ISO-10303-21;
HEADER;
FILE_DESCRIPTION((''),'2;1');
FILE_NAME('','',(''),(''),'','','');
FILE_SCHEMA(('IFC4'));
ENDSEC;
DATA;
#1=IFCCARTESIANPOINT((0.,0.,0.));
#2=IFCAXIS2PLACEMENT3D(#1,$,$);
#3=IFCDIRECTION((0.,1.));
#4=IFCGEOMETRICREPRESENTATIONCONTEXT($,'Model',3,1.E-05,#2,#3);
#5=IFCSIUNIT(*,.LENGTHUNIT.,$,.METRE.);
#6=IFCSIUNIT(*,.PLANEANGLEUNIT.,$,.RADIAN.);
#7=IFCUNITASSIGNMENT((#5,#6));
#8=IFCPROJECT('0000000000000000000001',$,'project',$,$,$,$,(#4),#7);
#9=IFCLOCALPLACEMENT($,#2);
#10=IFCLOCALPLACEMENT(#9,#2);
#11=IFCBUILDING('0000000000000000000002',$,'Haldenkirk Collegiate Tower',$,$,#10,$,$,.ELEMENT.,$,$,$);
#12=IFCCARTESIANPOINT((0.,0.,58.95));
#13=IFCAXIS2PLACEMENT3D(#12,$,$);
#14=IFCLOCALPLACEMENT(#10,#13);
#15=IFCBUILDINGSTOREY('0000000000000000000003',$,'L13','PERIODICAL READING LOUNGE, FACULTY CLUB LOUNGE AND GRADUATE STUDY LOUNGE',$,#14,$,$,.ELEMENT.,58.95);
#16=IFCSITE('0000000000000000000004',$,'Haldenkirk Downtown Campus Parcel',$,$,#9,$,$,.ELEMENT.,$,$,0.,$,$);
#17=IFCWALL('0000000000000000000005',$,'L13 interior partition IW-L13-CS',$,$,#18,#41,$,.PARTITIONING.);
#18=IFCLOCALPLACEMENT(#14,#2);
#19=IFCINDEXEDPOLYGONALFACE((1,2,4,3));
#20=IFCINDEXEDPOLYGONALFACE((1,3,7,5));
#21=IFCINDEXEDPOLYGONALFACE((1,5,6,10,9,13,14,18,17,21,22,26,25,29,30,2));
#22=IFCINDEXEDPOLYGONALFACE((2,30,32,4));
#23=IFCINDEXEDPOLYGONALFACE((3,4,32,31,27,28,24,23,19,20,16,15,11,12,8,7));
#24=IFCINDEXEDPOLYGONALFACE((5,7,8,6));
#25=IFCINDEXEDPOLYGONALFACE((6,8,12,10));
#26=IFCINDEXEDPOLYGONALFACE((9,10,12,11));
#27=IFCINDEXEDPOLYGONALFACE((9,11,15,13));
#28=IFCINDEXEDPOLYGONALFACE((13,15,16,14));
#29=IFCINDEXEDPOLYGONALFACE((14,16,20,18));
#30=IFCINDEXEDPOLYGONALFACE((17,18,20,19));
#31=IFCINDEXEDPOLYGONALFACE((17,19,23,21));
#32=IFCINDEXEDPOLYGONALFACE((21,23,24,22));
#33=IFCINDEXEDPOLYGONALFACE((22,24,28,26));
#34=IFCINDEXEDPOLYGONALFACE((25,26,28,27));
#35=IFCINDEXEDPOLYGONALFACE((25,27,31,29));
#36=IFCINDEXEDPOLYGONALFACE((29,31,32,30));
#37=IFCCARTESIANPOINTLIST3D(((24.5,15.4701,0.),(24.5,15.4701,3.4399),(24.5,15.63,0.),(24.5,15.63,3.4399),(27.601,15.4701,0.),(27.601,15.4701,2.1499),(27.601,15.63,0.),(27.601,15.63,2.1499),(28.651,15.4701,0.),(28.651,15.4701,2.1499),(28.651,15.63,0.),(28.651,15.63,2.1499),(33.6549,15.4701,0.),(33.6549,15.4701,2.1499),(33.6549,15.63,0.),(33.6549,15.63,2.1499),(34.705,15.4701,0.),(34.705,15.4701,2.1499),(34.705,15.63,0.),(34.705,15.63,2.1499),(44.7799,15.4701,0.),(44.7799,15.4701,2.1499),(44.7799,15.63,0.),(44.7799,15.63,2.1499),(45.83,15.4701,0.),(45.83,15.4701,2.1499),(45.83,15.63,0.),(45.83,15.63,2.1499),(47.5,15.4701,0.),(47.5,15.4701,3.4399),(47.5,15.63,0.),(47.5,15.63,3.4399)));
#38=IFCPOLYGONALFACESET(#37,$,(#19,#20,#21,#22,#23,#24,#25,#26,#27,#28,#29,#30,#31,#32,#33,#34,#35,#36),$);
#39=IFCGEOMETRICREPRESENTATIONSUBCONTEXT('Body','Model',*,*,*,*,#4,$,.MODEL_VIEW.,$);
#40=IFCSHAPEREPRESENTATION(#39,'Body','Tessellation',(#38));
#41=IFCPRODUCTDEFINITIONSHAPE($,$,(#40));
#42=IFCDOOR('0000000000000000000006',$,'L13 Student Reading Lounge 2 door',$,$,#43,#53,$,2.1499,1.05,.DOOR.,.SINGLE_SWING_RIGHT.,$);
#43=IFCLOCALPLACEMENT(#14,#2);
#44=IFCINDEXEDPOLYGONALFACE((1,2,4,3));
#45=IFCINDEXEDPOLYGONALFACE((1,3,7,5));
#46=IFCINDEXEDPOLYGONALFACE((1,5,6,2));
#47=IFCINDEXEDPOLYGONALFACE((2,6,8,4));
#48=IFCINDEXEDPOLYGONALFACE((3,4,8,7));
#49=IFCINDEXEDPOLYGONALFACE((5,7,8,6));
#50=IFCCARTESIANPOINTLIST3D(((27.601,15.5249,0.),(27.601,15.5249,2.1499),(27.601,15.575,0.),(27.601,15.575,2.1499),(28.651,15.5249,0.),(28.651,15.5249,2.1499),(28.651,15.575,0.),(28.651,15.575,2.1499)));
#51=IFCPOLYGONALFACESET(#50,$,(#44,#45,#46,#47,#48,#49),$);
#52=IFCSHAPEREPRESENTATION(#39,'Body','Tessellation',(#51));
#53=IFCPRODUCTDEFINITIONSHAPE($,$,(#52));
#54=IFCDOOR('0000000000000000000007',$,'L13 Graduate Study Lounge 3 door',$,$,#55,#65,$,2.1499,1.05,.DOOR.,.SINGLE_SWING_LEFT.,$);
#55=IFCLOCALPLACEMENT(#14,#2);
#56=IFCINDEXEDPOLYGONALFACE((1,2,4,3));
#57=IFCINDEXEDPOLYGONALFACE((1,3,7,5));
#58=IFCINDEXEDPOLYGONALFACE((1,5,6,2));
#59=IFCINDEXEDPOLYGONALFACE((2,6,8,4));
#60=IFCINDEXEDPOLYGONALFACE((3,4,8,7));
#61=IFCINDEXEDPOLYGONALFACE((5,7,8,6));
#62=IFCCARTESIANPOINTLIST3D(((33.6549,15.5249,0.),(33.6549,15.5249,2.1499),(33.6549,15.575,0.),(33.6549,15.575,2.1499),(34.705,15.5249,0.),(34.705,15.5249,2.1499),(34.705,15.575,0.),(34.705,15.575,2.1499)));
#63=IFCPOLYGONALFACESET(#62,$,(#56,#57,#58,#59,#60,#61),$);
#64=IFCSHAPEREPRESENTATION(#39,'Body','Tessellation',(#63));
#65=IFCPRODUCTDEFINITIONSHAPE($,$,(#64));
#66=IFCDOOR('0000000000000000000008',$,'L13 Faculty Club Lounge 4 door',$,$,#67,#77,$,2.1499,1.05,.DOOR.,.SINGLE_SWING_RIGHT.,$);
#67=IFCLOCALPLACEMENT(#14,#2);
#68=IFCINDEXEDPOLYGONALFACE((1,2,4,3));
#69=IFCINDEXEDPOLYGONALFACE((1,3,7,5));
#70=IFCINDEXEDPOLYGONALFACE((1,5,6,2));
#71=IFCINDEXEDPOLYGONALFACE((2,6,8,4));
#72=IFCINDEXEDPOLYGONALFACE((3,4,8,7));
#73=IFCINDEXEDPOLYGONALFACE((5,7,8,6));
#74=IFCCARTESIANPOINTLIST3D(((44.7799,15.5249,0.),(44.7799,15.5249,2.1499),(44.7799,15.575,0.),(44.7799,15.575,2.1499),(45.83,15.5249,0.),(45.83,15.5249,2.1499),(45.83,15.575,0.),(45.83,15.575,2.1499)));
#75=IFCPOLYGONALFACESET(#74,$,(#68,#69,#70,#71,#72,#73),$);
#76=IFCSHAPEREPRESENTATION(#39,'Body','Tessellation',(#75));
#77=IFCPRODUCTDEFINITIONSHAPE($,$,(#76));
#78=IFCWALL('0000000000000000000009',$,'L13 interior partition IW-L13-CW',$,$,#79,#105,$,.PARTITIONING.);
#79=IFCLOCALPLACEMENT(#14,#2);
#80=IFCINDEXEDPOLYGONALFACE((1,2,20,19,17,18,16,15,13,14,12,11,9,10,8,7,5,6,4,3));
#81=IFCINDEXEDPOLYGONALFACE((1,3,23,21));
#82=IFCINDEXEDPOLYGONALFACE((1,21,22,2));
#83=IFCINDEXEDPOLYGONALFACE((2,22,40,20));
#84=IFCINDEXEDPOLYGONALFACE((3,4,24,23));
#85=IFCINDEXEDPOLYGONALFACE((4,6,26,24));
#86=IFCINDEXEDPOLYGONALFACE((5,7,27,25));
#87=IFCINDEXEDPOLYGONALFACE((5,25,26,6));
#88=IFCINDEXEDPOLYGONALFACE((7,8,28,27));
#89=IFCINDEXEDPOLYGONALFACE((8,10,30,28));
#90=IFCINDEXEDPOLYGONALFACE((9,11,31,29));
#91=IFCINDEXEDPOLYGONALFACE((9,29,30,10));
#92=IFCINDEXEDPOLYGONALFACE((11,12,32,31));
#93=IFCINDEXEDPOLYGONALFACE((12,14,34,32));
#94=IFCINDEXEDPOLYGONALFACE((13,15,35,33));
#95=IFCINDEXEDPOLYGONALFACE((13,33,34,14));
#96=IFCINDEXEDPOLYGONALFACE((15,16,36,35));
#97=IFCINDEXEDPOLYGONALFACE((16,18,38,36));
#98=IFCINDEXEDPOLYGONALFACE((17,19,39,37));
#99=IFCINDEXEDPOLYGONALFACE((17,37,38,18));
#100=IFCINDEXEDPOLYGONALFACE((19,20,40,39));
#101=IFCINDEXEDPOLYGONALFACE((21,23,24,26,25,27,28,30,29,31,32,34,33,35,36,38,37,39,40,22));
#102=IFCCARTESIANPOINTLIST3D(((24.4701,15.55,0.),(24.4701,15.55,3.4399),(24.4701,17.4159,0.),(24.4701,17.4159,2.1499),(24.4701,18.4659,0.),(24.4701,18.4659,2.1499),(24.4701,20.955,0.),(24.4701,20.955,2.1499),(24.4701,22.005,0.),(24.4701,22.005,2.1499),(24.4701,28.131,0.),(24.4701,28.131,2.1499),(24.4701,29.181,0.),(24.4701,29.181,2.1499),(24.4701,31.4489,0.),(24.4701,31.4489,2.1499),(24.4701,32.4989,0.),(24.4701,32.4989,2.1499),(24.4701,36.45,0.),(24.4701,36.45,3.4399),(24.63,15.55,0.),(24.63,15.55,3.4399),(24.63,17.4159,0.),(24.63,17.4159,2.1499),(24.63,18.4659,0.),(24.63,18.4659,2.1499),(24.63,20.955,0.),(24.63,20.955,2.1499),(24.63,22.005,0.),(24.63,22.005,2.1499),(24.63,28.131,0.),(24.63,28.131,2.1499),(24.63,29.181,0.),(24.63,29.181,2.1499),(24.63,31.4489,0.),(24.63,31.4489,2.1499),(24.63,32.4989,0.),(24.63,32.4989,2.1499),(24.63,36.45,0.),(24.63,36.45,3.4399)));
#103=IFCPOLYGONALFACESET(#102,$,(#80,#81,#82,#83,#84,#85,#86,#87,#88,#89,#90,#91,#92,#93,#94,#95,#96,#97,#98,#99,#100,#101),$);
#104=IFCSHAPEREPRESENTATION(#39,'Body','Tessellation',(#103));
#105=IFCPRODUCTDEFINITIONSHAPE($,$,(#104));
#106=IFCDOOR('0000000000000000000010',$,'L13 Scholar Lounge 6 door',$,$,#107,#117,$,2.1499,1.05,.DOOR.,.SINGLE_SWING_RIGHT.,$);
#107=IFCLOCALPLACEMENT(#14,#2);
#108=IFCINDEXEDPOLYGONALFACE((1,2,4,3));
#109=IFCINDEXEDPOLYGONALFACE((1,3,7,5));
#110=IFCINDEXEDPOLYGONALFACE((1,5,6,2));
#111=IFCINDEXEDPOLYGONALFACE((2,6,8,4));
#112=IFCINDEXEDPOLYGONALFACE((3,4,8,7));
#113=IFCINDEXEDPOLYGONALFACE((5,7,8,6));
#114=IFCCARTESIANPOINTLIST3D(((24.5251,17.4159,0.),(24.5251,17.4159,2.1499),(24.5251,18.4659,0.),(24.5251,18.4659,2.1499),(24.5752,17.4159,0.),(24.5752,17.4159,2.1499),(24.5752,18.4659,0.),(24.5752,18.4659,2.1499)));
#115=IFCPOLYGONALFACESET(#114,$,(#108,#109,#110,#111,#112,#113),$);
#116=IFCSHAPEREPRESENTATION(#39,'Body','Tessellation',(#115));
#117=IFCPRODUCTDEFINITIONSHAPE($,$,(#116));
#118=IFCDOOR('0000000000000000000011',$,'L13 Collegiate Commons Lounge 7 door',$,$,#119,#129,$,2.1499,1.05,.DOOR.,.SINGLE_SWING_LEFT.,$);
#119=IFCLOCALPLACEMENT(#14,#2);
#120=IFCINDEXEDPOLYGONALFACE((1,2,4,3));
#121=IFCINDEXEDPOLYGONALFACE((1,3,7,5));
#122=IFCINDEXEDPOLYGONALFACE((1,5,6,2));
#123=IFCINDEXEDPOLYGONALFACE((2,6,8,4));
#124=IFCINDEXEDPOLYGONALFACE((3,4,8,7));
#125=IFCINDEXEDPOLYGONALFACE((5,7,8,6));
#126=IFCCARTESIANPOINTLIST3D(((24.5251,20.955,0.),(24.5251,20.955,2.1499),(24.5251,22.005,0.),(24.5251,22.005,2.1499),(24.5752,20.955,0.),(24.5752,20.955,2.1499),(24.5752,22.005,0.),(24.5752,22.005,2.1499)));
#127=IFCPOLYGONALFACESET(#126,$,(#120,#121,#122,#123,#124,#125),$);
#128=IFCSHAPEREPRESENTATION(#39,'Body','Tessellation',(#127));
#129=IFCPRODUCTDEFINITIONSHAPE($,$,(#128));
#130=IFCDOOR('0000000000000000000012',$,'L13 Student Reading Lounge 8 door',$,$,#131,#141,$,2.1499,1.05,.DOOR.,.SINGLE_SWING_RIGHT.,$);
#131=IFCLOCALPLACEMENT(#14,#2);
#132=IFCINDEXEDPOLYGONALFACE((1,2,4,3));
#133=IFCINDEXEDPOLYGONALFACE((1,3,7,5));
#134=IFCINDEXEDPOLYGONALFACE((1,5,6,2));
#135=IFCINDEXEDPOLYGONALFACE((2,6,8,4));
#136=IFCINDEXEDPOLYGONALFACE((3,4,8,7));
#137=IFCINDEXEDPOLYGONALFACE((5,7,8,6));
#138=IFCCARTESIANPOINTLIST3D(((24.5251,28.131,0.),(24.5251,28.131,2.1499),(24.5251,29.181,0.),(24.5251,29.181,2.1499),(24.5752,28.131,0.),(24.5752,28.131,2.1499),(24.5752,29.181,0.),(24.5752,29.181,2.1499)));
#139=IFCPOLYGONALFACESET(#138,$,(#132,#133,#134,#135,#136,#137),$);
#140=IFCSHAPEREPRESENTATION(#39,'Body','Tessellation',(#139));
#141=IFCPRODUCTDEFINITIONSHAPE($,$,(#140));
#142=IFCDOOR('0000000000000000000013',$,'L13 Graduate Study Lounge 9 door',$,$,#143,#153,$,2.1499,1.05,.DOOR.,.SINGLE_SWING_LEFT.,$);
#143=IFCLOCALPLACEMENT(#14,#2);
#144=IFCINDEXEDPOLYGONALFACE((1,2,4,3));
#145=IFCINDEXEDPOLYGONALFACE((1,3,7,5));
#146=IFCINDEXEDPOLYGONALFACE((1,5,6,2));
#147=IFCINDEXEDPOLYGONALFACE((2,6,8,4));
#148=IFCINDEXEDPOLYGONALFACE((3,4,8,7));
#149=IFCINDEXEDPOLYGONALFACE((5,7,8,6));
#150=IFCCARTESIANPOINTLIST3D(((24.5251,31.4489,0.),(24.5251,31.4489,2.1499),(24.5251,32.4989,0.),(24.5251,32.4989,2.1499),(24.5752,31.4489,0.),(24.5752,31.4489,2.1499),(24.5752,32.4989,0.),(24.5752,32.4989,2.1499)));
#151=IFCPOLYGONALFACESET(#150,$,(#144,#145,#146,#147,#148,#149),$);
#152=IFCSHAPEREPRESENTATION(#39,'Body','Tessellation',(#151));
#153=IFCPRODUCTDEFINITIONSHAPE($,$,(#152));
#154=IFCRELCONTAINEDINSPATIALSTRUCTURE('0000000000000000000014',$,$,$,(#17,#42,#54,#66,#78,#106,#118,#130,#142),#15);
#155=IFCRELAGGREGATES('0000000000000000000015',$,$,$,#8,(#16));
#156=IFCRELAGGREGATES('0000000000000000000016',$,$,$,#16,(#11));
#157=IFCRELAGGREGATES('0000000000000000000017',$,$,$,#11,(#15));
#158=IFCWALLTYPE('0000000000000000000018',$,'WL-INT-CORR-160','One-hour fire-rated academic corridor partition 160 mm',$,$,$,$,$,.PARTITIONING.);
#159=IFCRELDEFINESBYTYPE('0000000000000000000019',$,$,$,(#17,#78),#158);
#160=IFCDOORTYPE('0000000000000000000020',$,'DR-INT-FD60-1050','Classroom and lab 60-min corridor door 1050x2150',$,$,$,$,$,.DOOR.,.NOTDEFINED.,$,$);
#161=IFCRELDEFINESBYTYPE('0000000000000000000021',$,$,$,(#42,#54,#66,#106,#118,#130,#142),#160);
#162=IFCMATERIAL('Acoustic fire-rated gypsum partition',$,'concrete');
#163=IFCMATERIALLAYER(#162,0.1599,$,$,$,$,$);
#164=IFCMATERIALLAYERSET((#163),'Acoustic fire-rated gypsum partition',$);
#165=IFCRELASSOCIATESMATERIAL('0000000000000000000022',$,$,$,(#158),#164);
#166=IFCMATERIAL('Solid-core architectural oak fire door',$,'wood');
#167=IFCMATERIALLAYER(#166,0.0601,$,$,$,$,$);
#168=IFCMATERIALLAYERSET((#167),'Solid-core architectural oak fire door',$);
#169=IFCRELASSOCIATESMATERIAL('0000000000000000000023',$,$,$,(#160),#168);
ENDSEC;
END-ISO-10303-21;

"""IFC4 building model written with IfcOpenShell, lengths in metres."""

from ifc_helpers import new_model, si_unit, direction, frame, frame_2d, origin, place, context, subcontext, project, spatial, rectangle, extrude, material, layer, layer_set, type_object, element, fill, save


model = new_model("IFC4")

# Units and contexts
model_context = context("Model", 3, precision=1e-05, world=origin(), true_north=direction((0.0, 1.0)))
body_context = subcontext(model_context, "Body", "Model", "MODEL_VIEW")
ifc_project = project(units=[si_unit("LENGTHUNIT", "METRE"), si_unit("PLANEANGLEUNIT", "RADIAN")], contexts=[model_context])

# Site, building, storey
site_placement = place(None, origin())
site = spatial("IfcSite", under=ifc_project, at=site_placement, Name="Haldenkirk Downtown Campus Parcel", CompositionType="ELEMENT", RefElevation=0.0)
building_placement = place(site_placement, origin())
building = spatial("IfcBuilding", under=site, at=building_placement, Name="Haldenkirk Collegiate Tower", CompositionType="ELEMENT")
storey_placement = place(building_placement, frame((0.0, 0.0, 58.95)))
storey = spatial("IfcBuildingStorey", under=building, at=storey_placement, Name="L13", Description="PERIODICAL READING LOUNGE, FACULTY CLUB LOUNGE AND GRADUATE STUDY LOUNGE", CompositionType="ELEMENT", Elevation=58.95)

# Walls, openings, doors
ifc_material_1 = material(Name="Acoustic fire-rated gypsum partition", Category="concrete")
ifc_layer_1 = layer(ifc_material_1, 0.1599)
ifc_layer_set_1 = layer_set([ifc_layer_1], Name="Acoustic fire-rated gypsum partition")
wall_type_1 = type_object("IfcWallType", Name="WL-INT-CORR-160", Description="One-hour fire-rated academic corridor partition 160 mm", PredefinedType="PARTITIONING", material=ifc_layer_set_1)
wall_1_placement = place(storey_placement, frame((24.5, 15.55, 0.0), z_axis=(0.0, 0.0, 1.0), x_axis=(1.0, 0.0, 0.0)))
wall_1 = element("IfcWall", 1, at=wall_1_placement, inside=storey, type_object=wall_type_1, Name="L13 interior partition IW-L13-CS", PredefinedType="PARTITIONING", context=body_context, shape_type="SweptSolid", body=[
    extrude(rectangle(XDim=23.0, YDim=0.1599, at=frame_2d((11.5, 0.0))), origin(), (0.0, 0.0, 1.0), 3.4399),
])
opening_1_placement = place(wall_1_placement, frame((3.1011, 0.0, 0.0)))
opening_1 = element("IfcOpeningElement", 2, at=opening_1_placement, cuts=wall_1, PredefinedType="OPENING", context=body_context, shape_type="SweptSolid", body=[
    extrude(rectangle(XDim=1.05, YDim=2.1499, at=frame_2d((0.5249, 1.075))), frame((0.0, 0.0898, 0.0), z_axis=(0.0, -1.0, 0.0), x_axis=(1.0, 0.0, 0.0)), (0.0, 0.0, 1.0), 0.1799),
])
opening_2_placement = place(wall_1_placement, frame((9.155, 0.0, 0.0)))
opening_2 = element("IfcOpeningElement", 3, at=opening_2_placement, cuts=wall_1, PredefinedType="OPENING", context=body_context, shape_type="SweptSolid", body=[
    extrude(rectangle(XDim=1.05, YDim=2.1499, at=frame_2d((0.5249, 1.075))), frame((0.0, 0.0898, 0.0), z_axis=(0.0, -1.0, 0.0), x_axis=(1.0, 0.0, 0.0)), (0.0, 0.0, 1.0), 0.1799),
])
opening_3_placement = place(wall_1_placement, frame((20.28, 0.0, 0.0)))
opening_3 = element("IfcOpeningElement", 4, at=opening_3_placement, cuts=wall_1, PredefinedType="OPENING", context=body_context, shape_type="SweptSolid", body=[
    extrude(rectangle(XDim=1.05, YDim=2.1499, at=frame_2d((0.5249, 1.075))), frame((0.0, 0.0898, 0.0), z_axis=(0.0, -1.0, 0.0), x_axis=(1.0, 0.0, 0.0)), (0.0, 0.0, 1.0), 0.1799),
])
ifc_material_2 = material(Name="Solid-core architectural oak fire door", Category="wood")
ifc_layer_2 = layer(ifc_material_2, 0.0601)
ifc_layer_set_2 = layer_set([ifc_layer_2], Name="Solid-core architectural oak fire door")
door_type_1 = type_object("IfcDoorType", Name="DR-INT-FD60-1050", Description="Classroom and lab 60-min corridor door 1050x2150", OperationType="NOTDEFINED", PredefinedType="DOOR", material=ifc_layer_set_2)
door_1_placement = place(opening_1_placement, origin())
door_1 = element("IfcDoor", 5, at=door_1_placement, inside=storey, type_object=door_type_1, Name="L13 Student Reading Lounge 2 door", OperationType="SINGLE_SWING_RIGHT", OverallHeight=2.1499, OverallWidth=1.05, PredefinedType="DOOR", context=body_context, shape_type="SweptSolid", body=[
    extrude(rectangle(XDim=1.05, YDim=2.1499, at=frame_2d((0.5249, 1.075))), frame((0.0, 0.0249, 0.0), z_axis=(0.0, -1.0, 0.0), x_axis=(1.0, 0.0, 0.0)), (0.0, 0.0, 1.0), 0.05),
])
fill(opening_1, door_1)
door_2_placement = place(opening_2_placement, origin())
door_2 = element("IfcDoor", 6, at=door_2_placement, inside=storey, type_object=door_type_1, Name="L13 Graduate Study Lounge 3 door", OperationType="SINGLE_SWING_LEFT", OverallHeight=2.1499, OverallWidth=1.05, PredefinedType="DOOR", context=body_context, shape_type="SweptSolid", body=[
    extrude(rectangle(XDim=1.05, YDim=2.1499, at=frame_2d((0.5249, 1.075))), frame((0.0, 0.0249, 0.0), z_axis=(0.0, -1.0, 0.0), x_axis=(1.0, 0.0, 0.0)), (0.0, 0.0, 1.0), 0.05),
])
fill(opening_2, door_2)
door_3_placement = place(opening_3_placement, origin())
door_3 = element("IfcDoor", 7, at=door_3_placement, inside=storey, type_object=door_type_1, Name="L13 Faculty Club Lounge 4 door", OperationType="SINGLE_SWING_RIGHT", OverallHeight=2.1499, OverallWidth=1.05, PredefinedType="DOOR", context=body_context, shape_type="SweptSolid", body=[
    extrude(rectangle(XDim=1.05, YDim=2.1499, at=frame_2d((0.5249, 1.075))), frame((0.0, 0.0249, 0.0), z_axis=(0.0, -1.0, 0.0), x_axis=(1.0, 0.0, 0.0)), (0.0, 0.0, 1.0), 0.05),
])
fill(opening_3, door_3)
wall_2_placement = place(storey_placement, frame((24.55, 15.55, 0.0), z_axis=(0.0, 0.0, 1.0), x_axis=(0.0, 1.0, 0.0)))
wall_2 = element("IfcWall", 8, at=wall_2_placement, inside=storey, type_object=wall_type_1, Name="L13 interior partition IW-L13-CW", PredefinedType="PARTITIONING", context=body_context, shape_type="SweptSolid", body=[
    extrude(rectangle(XDim=20.8999, YDim=0.1599, at=frame_2d((10.45, 0.0))), origin(), (0.0, 0.0, 1.0), 3.4399),
])
opening_4_placement = place(wall_2_placement, frame((1.866, 0.0, 0.0)))
opening_4 = element("IfcOpeningElement", 9, at=opening_4_placement, cuts=wall_2, PredefinedType="OPENING", context=body_context, shape_type="SweptSolid", body=[
    extrude(rectangle(XDim=1.05, YDim=2.1499, at=frame_2d((0.5249, 1.075))), frame((0.0, 0.0898, 0.0), z_axis=(0.0, -1.0, 0.0), x_axis=(1.0, 0.0, 0.0)), (0.0, 0.0, 1.0), 0.1799),
])
opening_5_placement = place(wall_2_placement, frame((5.405, 0.0, 0.0)))
opening_5 = element("IfcOpeningElement", 10, at=opening_5_placement, cuts=wall_2, PredefinedType="OPENING", context=body_context, shape_type="SweptSolid", body=[
    extrude(rectangle(XDim=1.05, YDim=2.1499, at=frame_2d((0.5249, 1.075))), frame((0.0, 0.0898, 0.0), z_axis=(0.0, -1.0, 0.0), x_axis=(1.0, 0.0, 0.0)), (0.0, 0.0, 1.0), 0.1799),
])
opening_6_placement = place(wall_2_placement, frame((12.5811, 0.0, 0.0)))
opening_6 = element("IfcOpeningElement", 11, at=opening_6_placement, cuts=wall_2, PredefinedType="OPENING", context=body_context, shape_type="SweptSolid", body=[
    extrude(rectangle(XDim=1.05, YDim=2.1499, at=frame_2d((0.5249, 1.075))), frame((0.0, 0.0898, 0.0), z_axis=(0.0, -1.0, 0.0), x_axis=(1.0, 0.0, 0.0)), (0.0, 0.0, 1.0), 0.1799),
])
opening_7_placement = place(wall_2_placement, frame((15.8989, 0.0, 0.0)))
opening_7 = element("IfcOpeningElement", 12, at=opening_7_placement, cuts=wall_2, PredefinedType="OPENING", context=body_context, shape_type="SweptSolid", body=[
    extrude(rectangle(XDim=1.05, YDim=2.1499, at=frame_2d((0.5249, 1.075))), frame((0.0, 0.0898, 0.0), z_axis=(0.0, -1.0, 0.0), x_axis=(1.0, 0.0, 0.0)), (0.0, 0.0, 1.0), 0.1799),
])
door_4_placement = place(opening_4_placement, origin())
door_4 = element("IfcDoor", 13, at=door_4_placement, inside=storey, type_object=door_type_1, Name="L13 Scholar Lounge 6 door", OperationType="SINGLE_SWING_RIGHT", OverallHeight=2.1499, OverallWidth=1.05, PredefinedType="DOOR", context=body_context, shape_type="SweptSolid", body=[
    extrude(rectangle(XDim=1.05, YDim=2.1499, at=frame_2d((0.5249, 1.075))), frame((0.0, 0.0249, 0.0), z_axis=(0.0, -1.0, 0.0), x_axis=(1.0, 0.0, 0.0)), (0.0, 0.0, 1.0), 0.05),
])
fill(opening_4, door_4)
door_5_placement = place(opening_5_placement, origin())
door_5 = element("IfcDoor", 14, at=door_5_placement, inside=storey, type_object=door_type_1, Name="L13 Collegiate Commons Lounge 7 door", OperationType="SINGLE_SWING_LEFT", OverallHeight=2.1499, OverallWidth=1.05, PredefinedType="DOOR", context=body_context, shape_type="SweptSolid", body=[
    extrude(rectangle(XDim=1.05, YDim=2.1499, at=frame_2d((0.5249, 1.075))), frame((0.0, 0.0249, 0.0), z_axis=(0.0, -1.0, 0.0), x_axis=(1.0, 0.0, 0.0)), (0.0, 0.0, 1.0), 0.05),
])
fill(opening_5, door_5)
door_6_placement = place(opening_6_placement, origin())
door_6 = element("IfcDoor", 15, at=door_6_placement, inside=storey, type_object=door_type_1, Name="L13 Student Reading Lounge 8 door", OperationType="SINGLE_SWING_RIGHT", OverallHeight=2.1499, OverallWidth=1.05, PredefinedType="DOOR", context=body_context, shape_type="SweptSolid", body=[
    extrude(rectangle(XDim=1.05, YDim=2.1499, at=frame_2d((0.5249, 1.075))), frame((0.0, 0.0249, 0.0), z_axis=(0.0, -1.0, 0.0), x_axis=(1.0, 0.0, 0.0)), (0.0, 0.0, 1.0), 0.05),
])
fill(opening_6, door_6)
door_7_placement = place(opening_7_placement, origin())
door_7 = element("IfcDoor", 16, at=door_7_placement, inside=storey, type_object=door_type_1, Name="L13 Graduate Study Lounge 9 door", OperationType="SINGLE_SWING_LEFT", OverallHeight=2.1499, OverallWidth=1.05, PredefinedType="DOOR", context=body_context, shape_type="SweptSolid", body=[
    extrude(rectangle(XDim=1.05, YDim=2.1499, at=frame_2d((0.5249, 1.075))), frame((0.0, 0.0249, 0.0), z_axis=(0.0, -1.0, 0.0), x_axis=(1.0, 0.0, 0.0)), (0.0, 0.0, 1.0), 0.05),
])
fill(opening_7, door_7)

save(model, "model.ifc")
